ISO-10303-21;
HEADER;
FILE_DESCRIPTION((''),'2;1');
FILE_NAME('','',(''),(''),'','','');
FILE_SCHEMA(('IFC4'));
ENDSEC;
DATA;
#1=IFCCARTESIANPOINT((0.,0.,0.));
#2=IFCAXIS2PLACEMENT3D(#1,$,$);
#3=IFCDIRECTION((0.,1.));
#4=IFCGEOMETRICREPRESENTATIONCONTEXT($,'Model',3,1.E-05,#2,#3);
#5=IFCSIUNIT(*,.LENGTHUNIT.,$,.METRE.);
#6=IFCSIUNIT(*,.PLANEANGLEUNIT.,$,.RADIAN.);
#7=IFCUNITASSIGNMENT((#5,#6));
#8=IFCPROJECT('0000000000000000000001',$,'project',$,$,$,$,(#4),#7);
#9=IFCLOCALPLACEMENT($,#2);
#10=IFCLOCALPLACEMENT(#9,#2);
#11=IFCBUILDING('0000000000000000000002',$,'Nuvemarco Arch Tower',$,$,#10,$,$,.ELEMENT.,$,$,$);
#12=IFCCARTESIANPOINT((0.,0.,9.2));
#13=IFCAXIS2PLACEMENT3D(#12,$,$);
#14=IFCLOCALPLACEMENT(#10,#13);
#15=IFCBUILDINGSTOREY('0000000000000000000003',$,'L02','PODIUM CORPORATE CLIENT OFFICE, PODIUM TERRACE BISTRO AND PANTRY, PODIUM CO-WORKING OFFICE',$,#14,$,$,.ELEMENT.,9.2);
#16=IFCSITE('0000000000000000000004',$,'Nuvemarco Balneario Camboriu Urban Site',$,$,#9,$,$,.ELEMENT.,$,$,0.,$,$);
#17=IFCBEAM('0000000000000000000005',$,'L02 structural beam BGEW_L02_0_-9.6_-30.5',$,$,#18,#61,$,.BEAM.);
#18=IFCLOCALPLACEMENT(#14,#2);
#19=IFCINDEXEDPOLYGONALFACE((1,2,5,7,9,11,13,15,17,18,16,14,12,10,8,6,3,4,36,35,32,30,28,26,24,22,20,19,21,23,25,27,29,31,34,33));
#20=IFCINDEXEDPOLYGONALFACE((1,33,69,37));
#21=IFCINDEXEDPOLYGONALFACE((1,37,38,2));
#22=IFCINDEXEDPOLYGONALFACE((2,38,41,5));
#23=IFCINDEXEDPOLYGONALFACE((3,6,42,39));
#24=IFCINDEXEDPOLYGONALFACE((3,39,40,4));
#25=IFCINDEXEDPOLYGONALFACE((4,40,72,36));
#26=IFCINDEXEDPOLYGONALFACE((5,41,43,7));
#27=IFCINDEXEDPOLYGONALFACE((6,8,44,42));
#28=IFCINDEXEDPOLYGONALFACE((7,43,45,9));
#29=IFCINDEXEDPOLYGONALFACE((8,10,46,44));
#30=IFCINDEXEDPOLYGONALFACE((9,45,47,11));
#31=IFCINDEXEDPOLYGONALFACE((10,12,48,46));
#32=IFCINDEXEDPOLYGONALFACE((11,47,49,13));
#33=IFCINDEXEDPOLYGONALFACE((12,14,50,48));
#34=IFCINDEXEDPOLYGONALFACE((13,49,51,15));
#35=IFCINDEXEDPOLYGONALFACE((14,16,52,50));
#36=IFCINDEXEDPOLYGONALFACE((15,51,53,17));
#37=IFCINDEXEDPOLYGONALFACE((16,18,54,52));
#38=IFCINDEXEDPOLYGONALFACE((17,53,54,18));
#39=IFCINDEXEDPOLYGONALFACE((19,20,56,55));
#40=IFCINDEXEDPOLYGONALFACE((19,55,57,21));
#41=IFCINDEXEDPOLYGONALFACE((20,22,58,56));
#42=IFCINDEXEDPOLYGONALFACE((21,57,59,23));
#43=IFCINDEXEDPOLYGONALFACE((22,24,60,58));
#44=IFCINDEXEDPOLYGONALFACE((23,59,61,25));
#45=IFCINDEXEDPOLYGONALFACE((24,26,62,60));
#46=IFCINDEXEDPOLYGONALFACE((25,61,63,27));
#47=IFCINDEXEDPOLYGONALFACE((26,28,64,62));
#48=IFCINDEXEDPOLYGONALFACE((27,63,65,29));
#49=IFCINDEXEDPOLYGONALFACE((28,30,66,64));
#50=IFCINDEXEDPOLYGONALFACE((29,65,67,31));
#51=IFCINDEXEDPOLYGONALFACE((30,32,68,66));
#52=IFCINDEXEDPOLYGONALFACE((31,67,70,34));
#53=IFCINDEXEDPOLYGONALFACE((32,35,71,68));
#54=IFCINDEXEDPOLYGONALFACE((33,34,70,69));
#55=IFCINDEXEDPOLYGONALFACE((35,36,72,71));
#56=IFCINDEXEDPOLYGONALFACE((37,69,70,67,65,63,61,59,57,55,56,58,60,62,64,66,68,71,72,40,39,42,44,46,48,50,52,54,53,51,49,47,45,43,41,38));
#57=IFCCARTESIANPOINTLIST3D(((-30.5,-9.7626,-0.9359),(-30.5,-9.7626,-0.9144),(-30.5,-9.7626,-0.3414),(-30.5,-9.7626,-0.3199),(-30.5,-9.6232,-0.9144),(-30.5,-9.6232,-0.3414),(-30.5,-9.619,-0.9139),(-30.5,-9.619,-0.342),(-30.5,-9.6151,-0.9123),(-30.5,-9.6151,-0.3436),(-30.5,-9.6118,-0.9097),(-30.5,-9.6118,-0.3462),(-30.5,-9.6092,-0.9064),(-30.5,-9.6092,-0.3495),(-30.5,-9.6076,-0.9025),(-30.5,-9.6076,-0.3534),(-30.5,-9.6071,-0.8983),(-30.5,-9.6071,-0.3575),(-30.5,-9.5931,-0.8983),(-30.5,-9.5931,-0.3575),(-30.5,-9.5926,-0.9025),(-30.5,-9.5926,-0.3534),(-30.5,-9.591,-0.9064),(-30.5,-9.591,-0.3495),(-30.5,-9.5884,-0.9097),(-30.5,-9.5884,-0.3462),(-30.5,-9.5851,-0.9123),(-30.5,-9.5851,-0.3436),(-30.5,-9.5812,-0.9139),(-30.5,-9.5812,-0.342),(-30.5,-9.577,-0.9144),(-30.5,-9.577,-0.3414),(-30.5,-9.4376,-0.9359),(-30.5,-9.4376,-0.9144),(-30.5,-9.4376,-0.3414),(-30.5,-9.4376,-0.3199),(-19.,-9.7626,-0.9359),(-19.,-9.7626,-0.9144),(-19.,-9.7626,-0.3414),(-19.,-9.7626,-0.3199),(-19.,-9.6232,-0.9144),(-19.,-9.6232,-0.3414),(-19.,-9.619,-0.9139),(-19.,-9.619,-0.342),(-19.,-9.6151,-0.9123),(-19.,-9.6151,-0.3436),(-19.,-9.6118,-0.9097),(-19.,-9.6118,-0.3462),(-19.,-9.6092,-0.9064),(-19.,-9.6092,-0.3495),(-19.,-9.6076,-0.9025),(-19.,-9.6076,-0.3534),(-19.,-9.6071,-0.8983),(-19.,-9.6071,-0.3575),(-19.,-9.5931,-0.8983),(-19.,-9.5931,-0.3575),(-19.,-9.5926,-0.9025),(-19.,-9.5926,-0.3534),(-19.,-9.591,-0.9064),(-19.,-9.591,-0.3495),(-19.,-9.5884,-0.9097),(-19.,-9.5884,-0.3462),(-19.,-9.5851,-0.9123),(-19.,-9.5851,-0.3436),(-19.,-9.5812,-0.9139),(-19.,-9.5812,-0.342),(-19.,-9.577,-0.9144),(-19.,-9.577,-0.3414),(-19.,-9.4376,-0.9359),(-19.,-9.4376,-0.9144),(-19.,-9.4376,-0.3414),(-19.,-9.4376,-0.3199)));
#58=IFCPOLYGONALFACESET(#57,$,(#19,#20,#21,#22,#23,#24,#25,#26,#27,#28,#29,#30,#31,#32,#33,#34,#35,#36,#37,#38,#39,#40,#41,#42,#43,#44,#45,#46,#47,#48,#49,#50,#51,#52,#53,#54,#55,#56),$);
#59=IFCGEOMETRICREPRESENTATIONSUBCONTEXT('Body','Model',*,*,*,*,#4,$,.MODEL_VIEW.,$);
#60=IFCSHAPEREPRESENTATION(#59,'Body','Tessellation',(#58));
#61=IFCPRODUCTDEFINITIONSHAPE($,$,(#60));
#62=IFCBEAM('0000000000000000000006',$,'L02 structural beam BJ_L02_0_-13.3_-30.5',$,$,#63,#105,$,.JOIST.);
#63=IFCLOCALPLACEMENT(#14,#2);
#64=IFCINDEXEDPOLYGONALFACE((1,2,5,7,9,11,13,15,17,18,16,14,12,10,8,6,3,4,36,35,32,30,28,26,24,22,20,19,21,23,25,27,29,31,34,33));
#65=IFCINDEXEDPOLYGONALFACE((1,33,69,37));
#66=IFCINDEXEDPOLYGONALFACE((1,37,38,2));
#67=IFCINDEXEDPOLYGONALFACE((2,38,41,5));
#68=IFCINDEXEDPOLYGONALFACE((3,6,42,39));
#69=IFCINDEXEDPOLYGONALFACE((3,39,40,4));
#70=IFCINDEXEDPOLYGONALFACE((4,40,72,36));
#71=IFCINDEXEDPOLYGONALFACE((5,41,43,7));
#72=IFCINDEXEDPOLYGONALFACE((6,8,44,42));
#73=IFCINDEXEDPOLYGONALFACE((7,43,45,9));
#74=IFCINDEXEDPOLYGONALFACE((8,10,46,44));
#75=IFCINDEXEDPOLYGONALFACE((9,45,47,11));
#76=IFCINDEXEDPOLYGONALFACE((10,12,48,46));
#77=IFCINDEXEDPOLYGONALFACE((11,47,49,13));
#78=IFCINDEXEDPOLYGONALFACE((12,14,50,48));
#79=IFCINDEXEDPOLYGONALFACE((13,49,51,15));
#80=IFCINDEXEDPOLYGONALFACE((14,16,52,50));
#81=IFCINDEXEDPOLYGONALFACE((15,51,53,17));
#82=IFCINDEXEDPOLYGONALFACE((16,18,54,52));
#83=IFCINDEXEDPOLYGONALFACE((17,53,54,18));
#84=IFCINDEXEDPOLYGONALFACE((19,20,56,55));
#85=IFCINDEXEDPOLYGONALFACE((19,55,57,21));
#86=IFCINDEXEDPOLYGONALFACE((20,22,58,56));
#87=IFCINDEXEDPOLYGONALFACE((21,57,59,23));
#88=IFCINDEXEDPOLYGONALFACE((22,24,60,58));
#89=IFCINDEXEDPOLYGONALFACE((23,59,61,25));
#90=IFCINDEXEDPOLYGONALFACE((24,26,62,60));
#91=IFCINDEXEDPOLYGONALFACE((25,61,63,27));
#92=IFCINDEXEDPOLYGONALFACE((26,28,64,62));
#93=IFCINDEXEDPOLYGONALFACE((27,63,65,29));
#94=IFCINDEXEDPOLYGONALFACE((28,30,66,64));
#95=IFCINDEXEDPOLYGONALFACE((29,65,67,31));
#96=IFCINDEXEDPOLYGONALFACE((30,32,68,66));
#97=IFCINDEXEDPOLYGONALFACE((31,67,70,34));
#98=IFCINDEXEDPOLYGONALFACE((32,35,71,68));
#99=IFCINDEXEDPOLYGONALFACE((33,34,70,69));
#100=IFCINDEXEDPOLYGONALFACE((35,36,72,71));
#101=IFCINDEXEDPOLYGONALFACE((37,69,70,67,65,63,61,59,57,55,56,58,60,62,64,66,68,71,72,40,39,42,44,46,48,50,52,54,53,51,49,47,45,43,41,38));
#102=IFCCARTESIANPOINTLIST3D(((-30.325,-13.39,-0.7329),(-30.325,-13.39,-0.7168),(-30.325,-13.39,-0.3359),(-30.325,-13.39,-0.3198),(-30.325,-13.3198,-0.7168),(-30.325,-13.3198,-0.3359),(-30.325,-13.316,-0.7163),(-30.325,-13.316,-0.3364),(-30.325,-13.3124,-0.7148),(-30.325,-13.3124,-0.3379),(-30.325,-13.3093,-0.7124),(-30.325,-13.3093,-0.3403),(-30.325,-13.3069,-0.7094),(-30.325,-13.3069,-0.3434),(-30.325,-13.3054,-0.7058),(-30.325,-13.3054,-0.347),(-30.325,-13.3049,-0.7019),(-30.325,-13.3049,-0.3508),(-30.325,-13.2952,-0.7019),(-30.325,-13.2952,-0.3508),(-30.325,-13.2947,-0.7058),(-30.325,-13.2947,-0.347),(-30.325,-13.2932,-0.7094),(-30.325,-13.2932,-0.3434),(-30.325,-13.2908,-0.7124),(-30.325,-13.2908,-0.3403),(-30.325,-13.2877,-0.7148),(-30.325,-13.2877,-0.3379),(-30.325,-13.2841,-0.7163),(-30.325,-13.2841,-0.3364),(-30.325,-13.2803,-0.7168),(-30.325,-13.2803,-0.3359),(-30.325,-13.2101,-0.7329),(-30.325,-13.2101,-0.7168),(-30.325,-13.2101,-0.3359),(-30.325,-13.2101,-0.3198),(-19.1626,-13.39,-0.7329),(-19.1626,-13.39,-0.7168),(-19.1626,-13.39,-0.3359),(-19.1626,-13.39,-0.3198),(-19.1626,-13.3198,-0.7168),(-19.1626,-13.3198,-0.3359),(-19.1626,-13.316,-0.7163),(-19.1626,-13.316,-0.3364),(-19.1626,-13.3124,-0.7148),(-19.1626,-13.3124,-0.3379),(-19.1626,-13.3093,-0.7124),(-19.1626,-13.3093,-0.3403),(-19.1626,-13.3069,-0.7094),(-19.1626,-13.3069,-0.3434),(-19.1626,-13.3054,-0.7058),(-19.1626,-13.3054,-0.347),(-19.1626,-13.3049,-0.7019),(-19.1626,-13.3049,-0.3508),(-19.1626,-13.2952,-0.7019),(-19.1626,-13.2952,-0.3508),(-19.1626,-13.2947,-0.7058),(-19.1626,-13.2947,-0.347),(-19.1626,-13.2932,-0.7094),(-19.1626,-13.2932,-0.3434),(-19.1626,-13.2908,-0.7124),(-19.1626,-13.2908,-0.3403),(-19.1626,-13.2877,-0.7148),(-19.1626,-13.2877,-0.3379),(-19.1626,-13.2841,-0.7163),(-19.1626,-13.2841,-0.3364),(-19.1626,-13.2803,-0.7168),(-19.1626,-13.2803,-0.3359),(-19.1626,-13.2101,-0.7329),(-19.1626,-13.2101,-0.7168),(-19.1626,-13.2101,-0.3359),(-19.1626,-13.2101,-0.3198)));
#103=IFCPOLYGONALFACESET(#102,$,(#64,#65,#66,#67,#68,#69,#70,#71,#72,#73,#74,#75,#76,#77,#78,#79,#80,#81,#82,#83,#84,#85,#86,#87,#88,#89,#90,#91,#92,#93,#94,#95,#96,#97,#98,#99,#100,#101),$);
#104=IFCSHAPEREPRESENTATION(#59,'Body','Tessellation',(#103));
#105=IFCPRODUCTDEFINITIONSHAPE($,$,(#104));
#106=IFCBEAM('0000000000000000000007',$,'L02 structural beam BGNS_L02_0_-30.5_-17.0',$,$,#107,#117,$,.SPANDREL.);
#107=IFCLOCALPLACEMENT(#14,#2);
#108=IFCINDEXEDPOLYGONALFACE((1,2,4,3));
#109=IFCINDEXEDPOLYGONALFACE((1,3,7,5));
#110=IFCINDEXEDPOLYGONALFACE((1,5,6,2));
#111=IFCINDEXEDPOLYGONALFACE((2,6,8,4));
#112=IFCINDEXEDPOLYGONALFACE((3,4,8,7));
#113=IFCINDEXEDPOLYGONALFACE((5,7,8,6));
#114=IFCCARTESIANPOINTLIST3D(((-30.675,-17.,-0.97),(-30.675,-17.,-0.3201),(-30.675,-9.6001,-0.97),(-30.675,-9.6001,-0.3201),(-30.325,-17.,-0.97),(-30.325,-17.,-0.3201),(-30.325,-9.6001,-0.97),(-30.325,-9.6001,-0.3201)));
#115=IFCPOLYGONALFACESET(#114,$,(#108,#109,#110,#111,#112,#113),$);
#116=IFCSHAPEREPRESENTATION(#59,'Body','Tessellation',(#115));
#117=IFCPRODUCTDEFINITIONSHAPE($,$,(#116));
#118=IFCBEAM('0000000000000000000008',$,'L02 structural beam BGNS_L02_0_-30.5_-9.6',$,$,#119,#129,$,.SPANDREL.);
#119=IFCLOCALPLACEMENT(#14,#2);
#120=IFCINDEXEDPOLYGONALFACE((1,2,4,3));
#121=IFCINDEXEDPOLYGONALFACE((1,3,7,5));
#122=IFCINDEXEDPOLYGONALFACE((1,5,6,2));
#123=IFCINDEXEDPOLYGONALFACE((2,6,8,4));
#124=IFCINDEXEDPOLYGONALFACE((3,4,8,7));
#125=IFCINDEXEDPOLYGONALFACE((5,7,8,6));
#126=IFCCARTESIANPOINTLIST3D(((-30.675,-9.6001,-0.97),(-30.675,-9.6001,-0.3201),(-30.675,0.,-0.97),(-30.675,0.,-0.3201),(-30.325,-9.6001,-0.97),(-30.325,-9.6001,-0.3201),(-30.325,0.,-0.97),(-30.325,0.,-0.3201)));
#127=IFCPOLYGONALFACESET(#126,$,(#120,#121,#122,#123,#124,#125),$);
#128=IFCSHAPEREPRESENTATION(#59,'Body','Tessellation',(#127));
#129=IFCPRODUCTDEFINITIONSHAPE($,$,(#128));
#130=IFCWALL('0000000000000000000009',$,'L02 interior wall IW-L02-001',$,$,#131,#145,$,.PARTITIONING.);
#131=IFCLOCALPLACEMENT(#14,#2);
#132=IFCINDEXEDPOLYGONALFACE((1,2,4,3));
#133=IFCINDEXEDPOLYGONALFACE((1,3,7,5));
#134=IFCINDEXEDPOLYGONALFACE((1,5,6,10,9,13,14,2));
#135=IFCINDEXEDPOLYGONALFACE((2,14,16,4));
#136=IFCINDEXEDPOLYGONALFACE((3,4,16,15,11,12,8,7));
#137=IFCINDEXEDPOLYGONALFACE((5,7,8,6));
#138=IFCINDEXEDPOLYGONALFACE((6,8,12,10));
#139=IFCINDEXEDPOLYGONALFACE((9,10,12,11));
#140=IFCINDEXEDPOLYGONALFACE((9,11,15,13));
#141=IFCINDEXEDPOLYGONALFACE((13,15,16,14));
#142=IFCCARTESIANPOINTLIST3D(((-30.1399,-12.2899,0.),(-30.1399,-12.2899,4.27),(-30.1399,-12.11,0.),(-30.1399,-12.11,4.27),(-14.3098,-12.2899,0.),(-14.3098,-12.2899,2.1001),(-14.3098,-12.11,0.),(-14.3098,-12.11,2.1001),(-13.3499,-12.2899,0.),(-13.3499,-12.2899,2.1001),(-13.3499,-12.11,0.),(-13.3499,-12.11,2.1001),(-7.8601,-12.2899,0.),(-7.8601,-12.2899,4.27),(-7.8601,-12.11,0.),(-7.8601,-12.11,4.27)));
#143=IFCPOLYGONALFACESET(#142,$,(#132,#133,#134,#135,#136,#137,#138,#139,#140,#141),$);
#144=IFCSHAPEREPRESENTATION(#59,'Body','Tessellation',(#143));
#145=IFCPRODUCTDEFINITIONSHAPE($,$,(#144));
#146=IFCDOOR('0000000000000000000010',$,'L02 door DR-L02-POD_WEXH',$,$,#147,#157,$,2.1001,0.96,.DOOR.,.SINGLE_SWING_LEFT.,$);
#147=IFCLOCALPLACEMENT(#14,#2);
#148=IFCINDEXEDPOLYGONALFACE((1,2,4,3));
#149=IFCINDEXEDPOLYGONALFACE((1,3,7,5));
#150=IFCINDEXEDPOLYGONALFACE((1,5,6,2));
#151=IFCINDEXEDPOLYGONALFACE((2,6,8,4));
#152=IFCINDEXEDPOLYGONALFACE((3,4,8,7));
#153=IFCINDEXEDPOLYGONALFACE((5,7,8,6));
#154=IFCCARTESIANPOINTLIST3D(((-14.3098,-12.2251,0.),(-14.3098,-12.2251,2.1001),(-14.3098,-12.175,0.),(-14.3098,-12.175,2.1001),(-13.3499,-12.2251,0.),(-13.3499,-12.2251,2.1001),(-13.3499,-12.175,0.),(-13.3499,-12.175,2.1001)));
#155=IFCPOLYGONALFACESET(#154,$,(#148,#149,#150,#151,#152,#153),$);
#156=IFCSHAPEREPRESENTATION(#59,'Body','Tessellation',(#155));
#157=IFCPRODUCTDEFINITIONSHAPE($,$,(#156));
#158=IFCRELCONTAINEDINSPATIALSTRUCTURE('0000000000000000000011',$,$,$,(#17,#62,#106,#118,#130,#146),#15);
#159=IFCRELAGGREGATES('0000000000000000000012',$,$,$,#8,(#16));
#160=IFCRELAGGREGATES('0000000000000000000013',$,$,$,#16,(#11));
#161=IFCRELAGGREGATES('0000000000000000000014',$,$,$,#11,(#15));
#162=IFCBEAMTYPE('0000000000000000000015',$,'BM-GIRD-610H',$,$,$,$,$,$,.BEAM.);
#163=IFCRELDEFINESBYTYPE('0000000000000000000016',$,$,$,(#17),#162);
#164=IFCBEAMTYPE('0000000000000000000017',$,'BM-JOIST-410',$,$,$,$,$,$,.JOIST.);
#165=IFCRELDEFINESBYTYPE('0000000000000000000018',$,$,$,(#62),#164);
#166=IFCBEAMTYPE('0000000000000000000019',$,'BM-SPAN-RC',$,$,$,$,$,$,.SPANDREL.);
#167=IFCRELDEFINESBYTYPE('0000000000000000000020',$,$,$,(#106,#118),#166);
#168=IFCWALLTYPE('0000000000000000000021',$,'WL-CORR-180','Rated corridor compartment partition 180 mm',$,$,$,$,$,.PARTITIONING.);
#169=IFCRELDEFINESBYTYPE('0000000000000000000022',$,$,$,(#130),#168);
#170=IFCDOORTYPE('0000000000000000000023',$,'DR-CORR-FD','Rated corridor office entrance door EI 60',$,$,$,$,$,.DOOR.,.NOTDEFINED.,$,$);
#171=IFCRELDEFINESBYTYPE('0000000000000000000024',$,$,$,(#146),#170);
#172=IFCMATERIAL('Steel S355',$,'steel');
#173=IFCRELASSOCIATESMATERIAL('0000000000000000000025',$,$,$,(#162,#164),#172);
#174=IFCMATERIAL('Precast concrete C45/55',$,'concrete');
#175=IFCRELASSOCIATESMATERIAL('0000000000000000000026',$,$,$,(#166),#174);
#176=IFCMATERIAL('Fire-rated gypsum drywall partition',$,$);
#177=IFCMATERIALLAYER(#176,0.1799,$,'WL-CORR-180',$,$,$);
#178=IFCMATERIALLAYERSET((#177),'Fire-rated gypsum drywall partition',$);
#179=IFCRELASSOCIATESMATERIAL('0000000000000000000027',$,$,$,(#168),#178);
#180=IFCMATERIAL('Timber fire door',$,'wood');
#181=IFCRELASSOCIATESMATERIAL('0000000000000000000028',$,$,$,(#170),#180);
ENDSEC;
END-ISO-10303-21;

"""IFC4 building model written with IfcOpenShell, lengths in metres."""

from ifc_helpers import new_model, si_unit, direction, frame, frame_2d, origin, origin_2d, place, context, subcontext, project, spatial, rectangle, i_section, extrude, source, transform, mapped, material, layer, layer_set, material_profile, profile_set, type_object, type_shapes, element, fill, save


model = new_model("IFC4")

# Units and contexts
model_context = context("Model", 3, precision=1e-05, world=origin(), true_north=direction((0.0, 1.0)))
body_context = subcontext(model_context, "Body", "Model", "MODEL_VIEW")
ifc_project = project(units=[si_unit("LENGTHUNIT", "METRE"), si_unit("PLANEANGLEUNIT", "RADIAN")], contexts=[model_context])

# Site, building, storey
site_placement = place(None, origin())
site = spatial("IfcSite", under=ifc_project, at=site_placement, Name="Nuvemarco Balneario Camboriu Urban Site", CompositionType="ELEMENT", RefElevation=0.0)
building_placement = place(site_placement, origin())
building = spatial("IfcBuilding", under=site, at=building_placement, Name="Nuvemarco Arch Tower", CompositionType="ELEMENT")
storey_placement = place(building_placement, frame((0.0, 0.0, 9.2)))
storey = spatial("IfcBuildingStorey", under=building, at=storey_placement, Name="L02", Description="PODIUM CORPORATE CLIENT OFFICE, PODIUM TERRACE BISTRO AND PANTRY, PODIUM CO-WORKING OFFICE", CompositionType="ELEMENT", Elevation=9.2)

# Beams
ifc_material_1 = material(Name="Steel S355", Category="steel")
ifc_material_profile_1 = material_profile(ifc_material_1, i_section(OverallWidth=0.325, OverallDepth=0.616, WebThickness=0.0139, FlangeThickness=0.0215, FilletRadius=0.0161, at=origin_2d()), Name="W610x174")
ifc_profile_set_1 = profile_set([ifc_material_profile_1], Name="Steel S355")
beam_type_1 = type_object("IfcBeamType", Name="BM-GIRD-610H", PredefinedType="BEAM", material=ifc_profile_set_1)
for number, where, z_axis, x_axis, name in (
    (1, (-30.5, -9.6001, -0.6279), (1.0, 0.0, 0.0), (0.0, 1.0, 0.0), "L02 structural beam BGEW_L02_0_-9.6_-30.5"),
):
    element("IfcBeam", number, at=place(storey_placement, frame(where, z_axis=z_axis, x_axis=x_axis)), inside=storey, type_object=beam_type_1, Name=name, PredefinedType="BEAM", context=body_context, shape_type="SweptSolid", body=[
        extrude(i_section(OverallWidth=0.325, OverallDepth=0.616, WebThickness=0.0139, FlangeThickness=0.0215, FilletRadius=0.0161, at=origin_2d()), origin(), (0.0, 0.0, 1.0), 11.5),
    ])
ifc_material_profile_2 = material_profile(ifc_material_1, i_section(OverallWidth=0.1799, OverallDepth=0.4131, WebThickness=0.0098, FlangeThickness=0.0161, FilletRadius=0.0149, at=origin_2d()), Name="W410x75")
ifc_profile_set_2 = profile_set([ifc_material_profile_2], Name="Steel S355")
beam_type_2 = type_object("IfcBeamType", Name="BM-JOIST-410", PredefinedType="JOIST", material=ifc_profile_set_2)
beam_1_placement = place(storey_placement, frame((-30.325, -13.3, -0.5264), z_axis=(1.0, 0.0, 0.0), x_axis=(0.0, 1.0, 0.0)))
element("IfcBeam", 2, at=beam_1_placement, inside=storey, type_object=beam_type_2, Name="L02 structural beam BJ_L02_0_-13.3_-30.5", PredefinedType="JOIST", context=body_context, shape_type="SweptSolid", body=[
    extrude(i_section(OverallWidth=0.1799, OverallDepth=0.4131, WebThickness=0.0098, FlangeThickness=0.0161, FilletRadius=0.0149, at=origin_2d()), origin(), (0.0, 0.0, 1.0), 11.1624),
])
ifc_material_2 = material(Name="Precast concrete C45/55", Category="concrete")
ifc_material_profile_3 = material_profile(ifc_material_2, rectangle(XDim=0.3501, YDim=0.6499, at=origin_2d()), Name="PC-SP-350x650")
ifc_profile_set_3 = profile_set([ifc_material_profile_3], Name="Precast concrete C45/55")
beam_type_3 = type_object("IfcBeamType", Name="BM-SPAN-RC", PredefinedType="SPANDREL", material=ifc_profile_set_3)
beam_2_placement = place(storey_placement, frame((-30.5, -17.0, -0.645), z_axis=(0.0, 1.0, 0.0), x_axis=(-1.0, 0.0, 0.0)))
element("IfcBeam", 3, at=beam_2_placement, inside=storey, type_object=beam_type_3, Name="L02 structural beam BGNS_L02_0_-30.5_-17.0", PredefinedType="SPANDREL", context=body_context, shape_type="SweptSolid", body=[
    extrude(rectangle(XDim=0.3501, YDim=0.6499, at=origin_2d()), origin(), (0.0, 0.0, 1.0), 7.3999),
])
beam_3_placement = place(storey_placement, frame((-30.5, -9.6001, -0.645), z_axis=(0.0, 1.0, 0.0), x_axis=(-1.0, 0.0, 0.0)))
element("IfcBeam", 4, at=beam_3_placement, inside=storey, type_object=beam_type_3, Name="L02 structural beam BGNS_L02_0_-30.5_-9.6", PredefinedType="SPANDREL", context=body_context, shape_type="SweptSolid", body=[
    extrude(rectangle(XDim=0.3501, YDim=0.6499, at=origin_2d()), origin(), (0.0, 0.0, 1.0), 9.6001),
])

# Wall, opening, door
ifc_material_3 = material(Name="Fire-rated gypsum drywall partition")
ifc_layer = layer(ifc_material_3, 0.1799, Name="WL-CORR-180")
ifc_layer_set = layer_set([ifc_layer], Name="Fire-rated gypsum drywall partition")
wall_type = type_object("IfcWallType", Name="WL-CORR-180", Description="Rated corridor compartment partition 180 mm", PredefinedType="PARTITIONING", material=ifc_layer_set)
wall_placement = place(storey_placement, frame((-30.1399, -12.2, 0.0), z_axis=(0.0, 0.0, 1.0), x_axis=(1.0, 0.0, 0.0)))
wall = element("IfcWall", 5, at=wall_placement, inside=storey, type_object=wall_type, Name="L02 interior wall IW-L02-001", PredefinedType="PARTITIONING", context=body_context, shape_type="SweptSolid", body=[
    extrude(rectangle(XDim=22.2798, YDim=0.1799, at=frame_2d((11.1399, 0.0))), origin(), (0.0, 0.0, 1.0), 4.27),
])
opening_placement = place(wall_placement, frame((15.8301, 0.0, 0.0)))
opening = element("IfcOpeningElement", 6, at=opening_placement, cuts=wall, PredefinedType="OPENING", context=body_context, shape_type="SweptSolid", body=[
    extrude(rectangle(XDim=0.96, YDim=2.1001, at=frame_2d((0.48, 1.05))), frame((0.0, 0.0999, 0.0), z_axis=(0.0, -1.0, 0.0), x_axis=(1.0, 0.0, 0.0)), (0.0, 0.0, 1.0), 0.2),
])
ifc_material_4 = material(Name="Timber fire door", Category="wood")
door_type = type_object("IfcDoorType", Name="DR-CORR-FD", Description="Rated corridor office entrance door EI 60", OperationType="NOTDEFINED", PredefinedType="DOOR", material=ifc_material_4)
shared_shape = source(origin(), body_context, "Body", "SweptSolid", [
    extrude(rectangle(XDim=0.96, YDim=2.1001, at=frame_2d((0.48, 1.05))), frame((0.0, 0.0249, 0.0), z_axis=(0.0, -1.0, 0.0), x_axis=(1.0, 0.0, 0.0)), (0.0, 0.0, 1.0), 0.05),
])
type_shapes(door_type, [shared_shape])
door_placement = place(opening_placement, origin())
door = element("IfcDoor", 7, at=door_placement, inside=storey, type_object=door_type, Name="L02 door DR-L02-POD_WEXH", OperationType="SINGLE_SWING_LEFT", OverallHeight=2.1001, OverallWidth=0.96, PredefinedType="DOOR", context=body_context, shape_type="MappedRepresentation", body=[
    mapped(shared_shape, transform((0.0, 0.0, 0.0), scale=1.0)),
])
fill(opening, door)

save(model, "model.ifc")
